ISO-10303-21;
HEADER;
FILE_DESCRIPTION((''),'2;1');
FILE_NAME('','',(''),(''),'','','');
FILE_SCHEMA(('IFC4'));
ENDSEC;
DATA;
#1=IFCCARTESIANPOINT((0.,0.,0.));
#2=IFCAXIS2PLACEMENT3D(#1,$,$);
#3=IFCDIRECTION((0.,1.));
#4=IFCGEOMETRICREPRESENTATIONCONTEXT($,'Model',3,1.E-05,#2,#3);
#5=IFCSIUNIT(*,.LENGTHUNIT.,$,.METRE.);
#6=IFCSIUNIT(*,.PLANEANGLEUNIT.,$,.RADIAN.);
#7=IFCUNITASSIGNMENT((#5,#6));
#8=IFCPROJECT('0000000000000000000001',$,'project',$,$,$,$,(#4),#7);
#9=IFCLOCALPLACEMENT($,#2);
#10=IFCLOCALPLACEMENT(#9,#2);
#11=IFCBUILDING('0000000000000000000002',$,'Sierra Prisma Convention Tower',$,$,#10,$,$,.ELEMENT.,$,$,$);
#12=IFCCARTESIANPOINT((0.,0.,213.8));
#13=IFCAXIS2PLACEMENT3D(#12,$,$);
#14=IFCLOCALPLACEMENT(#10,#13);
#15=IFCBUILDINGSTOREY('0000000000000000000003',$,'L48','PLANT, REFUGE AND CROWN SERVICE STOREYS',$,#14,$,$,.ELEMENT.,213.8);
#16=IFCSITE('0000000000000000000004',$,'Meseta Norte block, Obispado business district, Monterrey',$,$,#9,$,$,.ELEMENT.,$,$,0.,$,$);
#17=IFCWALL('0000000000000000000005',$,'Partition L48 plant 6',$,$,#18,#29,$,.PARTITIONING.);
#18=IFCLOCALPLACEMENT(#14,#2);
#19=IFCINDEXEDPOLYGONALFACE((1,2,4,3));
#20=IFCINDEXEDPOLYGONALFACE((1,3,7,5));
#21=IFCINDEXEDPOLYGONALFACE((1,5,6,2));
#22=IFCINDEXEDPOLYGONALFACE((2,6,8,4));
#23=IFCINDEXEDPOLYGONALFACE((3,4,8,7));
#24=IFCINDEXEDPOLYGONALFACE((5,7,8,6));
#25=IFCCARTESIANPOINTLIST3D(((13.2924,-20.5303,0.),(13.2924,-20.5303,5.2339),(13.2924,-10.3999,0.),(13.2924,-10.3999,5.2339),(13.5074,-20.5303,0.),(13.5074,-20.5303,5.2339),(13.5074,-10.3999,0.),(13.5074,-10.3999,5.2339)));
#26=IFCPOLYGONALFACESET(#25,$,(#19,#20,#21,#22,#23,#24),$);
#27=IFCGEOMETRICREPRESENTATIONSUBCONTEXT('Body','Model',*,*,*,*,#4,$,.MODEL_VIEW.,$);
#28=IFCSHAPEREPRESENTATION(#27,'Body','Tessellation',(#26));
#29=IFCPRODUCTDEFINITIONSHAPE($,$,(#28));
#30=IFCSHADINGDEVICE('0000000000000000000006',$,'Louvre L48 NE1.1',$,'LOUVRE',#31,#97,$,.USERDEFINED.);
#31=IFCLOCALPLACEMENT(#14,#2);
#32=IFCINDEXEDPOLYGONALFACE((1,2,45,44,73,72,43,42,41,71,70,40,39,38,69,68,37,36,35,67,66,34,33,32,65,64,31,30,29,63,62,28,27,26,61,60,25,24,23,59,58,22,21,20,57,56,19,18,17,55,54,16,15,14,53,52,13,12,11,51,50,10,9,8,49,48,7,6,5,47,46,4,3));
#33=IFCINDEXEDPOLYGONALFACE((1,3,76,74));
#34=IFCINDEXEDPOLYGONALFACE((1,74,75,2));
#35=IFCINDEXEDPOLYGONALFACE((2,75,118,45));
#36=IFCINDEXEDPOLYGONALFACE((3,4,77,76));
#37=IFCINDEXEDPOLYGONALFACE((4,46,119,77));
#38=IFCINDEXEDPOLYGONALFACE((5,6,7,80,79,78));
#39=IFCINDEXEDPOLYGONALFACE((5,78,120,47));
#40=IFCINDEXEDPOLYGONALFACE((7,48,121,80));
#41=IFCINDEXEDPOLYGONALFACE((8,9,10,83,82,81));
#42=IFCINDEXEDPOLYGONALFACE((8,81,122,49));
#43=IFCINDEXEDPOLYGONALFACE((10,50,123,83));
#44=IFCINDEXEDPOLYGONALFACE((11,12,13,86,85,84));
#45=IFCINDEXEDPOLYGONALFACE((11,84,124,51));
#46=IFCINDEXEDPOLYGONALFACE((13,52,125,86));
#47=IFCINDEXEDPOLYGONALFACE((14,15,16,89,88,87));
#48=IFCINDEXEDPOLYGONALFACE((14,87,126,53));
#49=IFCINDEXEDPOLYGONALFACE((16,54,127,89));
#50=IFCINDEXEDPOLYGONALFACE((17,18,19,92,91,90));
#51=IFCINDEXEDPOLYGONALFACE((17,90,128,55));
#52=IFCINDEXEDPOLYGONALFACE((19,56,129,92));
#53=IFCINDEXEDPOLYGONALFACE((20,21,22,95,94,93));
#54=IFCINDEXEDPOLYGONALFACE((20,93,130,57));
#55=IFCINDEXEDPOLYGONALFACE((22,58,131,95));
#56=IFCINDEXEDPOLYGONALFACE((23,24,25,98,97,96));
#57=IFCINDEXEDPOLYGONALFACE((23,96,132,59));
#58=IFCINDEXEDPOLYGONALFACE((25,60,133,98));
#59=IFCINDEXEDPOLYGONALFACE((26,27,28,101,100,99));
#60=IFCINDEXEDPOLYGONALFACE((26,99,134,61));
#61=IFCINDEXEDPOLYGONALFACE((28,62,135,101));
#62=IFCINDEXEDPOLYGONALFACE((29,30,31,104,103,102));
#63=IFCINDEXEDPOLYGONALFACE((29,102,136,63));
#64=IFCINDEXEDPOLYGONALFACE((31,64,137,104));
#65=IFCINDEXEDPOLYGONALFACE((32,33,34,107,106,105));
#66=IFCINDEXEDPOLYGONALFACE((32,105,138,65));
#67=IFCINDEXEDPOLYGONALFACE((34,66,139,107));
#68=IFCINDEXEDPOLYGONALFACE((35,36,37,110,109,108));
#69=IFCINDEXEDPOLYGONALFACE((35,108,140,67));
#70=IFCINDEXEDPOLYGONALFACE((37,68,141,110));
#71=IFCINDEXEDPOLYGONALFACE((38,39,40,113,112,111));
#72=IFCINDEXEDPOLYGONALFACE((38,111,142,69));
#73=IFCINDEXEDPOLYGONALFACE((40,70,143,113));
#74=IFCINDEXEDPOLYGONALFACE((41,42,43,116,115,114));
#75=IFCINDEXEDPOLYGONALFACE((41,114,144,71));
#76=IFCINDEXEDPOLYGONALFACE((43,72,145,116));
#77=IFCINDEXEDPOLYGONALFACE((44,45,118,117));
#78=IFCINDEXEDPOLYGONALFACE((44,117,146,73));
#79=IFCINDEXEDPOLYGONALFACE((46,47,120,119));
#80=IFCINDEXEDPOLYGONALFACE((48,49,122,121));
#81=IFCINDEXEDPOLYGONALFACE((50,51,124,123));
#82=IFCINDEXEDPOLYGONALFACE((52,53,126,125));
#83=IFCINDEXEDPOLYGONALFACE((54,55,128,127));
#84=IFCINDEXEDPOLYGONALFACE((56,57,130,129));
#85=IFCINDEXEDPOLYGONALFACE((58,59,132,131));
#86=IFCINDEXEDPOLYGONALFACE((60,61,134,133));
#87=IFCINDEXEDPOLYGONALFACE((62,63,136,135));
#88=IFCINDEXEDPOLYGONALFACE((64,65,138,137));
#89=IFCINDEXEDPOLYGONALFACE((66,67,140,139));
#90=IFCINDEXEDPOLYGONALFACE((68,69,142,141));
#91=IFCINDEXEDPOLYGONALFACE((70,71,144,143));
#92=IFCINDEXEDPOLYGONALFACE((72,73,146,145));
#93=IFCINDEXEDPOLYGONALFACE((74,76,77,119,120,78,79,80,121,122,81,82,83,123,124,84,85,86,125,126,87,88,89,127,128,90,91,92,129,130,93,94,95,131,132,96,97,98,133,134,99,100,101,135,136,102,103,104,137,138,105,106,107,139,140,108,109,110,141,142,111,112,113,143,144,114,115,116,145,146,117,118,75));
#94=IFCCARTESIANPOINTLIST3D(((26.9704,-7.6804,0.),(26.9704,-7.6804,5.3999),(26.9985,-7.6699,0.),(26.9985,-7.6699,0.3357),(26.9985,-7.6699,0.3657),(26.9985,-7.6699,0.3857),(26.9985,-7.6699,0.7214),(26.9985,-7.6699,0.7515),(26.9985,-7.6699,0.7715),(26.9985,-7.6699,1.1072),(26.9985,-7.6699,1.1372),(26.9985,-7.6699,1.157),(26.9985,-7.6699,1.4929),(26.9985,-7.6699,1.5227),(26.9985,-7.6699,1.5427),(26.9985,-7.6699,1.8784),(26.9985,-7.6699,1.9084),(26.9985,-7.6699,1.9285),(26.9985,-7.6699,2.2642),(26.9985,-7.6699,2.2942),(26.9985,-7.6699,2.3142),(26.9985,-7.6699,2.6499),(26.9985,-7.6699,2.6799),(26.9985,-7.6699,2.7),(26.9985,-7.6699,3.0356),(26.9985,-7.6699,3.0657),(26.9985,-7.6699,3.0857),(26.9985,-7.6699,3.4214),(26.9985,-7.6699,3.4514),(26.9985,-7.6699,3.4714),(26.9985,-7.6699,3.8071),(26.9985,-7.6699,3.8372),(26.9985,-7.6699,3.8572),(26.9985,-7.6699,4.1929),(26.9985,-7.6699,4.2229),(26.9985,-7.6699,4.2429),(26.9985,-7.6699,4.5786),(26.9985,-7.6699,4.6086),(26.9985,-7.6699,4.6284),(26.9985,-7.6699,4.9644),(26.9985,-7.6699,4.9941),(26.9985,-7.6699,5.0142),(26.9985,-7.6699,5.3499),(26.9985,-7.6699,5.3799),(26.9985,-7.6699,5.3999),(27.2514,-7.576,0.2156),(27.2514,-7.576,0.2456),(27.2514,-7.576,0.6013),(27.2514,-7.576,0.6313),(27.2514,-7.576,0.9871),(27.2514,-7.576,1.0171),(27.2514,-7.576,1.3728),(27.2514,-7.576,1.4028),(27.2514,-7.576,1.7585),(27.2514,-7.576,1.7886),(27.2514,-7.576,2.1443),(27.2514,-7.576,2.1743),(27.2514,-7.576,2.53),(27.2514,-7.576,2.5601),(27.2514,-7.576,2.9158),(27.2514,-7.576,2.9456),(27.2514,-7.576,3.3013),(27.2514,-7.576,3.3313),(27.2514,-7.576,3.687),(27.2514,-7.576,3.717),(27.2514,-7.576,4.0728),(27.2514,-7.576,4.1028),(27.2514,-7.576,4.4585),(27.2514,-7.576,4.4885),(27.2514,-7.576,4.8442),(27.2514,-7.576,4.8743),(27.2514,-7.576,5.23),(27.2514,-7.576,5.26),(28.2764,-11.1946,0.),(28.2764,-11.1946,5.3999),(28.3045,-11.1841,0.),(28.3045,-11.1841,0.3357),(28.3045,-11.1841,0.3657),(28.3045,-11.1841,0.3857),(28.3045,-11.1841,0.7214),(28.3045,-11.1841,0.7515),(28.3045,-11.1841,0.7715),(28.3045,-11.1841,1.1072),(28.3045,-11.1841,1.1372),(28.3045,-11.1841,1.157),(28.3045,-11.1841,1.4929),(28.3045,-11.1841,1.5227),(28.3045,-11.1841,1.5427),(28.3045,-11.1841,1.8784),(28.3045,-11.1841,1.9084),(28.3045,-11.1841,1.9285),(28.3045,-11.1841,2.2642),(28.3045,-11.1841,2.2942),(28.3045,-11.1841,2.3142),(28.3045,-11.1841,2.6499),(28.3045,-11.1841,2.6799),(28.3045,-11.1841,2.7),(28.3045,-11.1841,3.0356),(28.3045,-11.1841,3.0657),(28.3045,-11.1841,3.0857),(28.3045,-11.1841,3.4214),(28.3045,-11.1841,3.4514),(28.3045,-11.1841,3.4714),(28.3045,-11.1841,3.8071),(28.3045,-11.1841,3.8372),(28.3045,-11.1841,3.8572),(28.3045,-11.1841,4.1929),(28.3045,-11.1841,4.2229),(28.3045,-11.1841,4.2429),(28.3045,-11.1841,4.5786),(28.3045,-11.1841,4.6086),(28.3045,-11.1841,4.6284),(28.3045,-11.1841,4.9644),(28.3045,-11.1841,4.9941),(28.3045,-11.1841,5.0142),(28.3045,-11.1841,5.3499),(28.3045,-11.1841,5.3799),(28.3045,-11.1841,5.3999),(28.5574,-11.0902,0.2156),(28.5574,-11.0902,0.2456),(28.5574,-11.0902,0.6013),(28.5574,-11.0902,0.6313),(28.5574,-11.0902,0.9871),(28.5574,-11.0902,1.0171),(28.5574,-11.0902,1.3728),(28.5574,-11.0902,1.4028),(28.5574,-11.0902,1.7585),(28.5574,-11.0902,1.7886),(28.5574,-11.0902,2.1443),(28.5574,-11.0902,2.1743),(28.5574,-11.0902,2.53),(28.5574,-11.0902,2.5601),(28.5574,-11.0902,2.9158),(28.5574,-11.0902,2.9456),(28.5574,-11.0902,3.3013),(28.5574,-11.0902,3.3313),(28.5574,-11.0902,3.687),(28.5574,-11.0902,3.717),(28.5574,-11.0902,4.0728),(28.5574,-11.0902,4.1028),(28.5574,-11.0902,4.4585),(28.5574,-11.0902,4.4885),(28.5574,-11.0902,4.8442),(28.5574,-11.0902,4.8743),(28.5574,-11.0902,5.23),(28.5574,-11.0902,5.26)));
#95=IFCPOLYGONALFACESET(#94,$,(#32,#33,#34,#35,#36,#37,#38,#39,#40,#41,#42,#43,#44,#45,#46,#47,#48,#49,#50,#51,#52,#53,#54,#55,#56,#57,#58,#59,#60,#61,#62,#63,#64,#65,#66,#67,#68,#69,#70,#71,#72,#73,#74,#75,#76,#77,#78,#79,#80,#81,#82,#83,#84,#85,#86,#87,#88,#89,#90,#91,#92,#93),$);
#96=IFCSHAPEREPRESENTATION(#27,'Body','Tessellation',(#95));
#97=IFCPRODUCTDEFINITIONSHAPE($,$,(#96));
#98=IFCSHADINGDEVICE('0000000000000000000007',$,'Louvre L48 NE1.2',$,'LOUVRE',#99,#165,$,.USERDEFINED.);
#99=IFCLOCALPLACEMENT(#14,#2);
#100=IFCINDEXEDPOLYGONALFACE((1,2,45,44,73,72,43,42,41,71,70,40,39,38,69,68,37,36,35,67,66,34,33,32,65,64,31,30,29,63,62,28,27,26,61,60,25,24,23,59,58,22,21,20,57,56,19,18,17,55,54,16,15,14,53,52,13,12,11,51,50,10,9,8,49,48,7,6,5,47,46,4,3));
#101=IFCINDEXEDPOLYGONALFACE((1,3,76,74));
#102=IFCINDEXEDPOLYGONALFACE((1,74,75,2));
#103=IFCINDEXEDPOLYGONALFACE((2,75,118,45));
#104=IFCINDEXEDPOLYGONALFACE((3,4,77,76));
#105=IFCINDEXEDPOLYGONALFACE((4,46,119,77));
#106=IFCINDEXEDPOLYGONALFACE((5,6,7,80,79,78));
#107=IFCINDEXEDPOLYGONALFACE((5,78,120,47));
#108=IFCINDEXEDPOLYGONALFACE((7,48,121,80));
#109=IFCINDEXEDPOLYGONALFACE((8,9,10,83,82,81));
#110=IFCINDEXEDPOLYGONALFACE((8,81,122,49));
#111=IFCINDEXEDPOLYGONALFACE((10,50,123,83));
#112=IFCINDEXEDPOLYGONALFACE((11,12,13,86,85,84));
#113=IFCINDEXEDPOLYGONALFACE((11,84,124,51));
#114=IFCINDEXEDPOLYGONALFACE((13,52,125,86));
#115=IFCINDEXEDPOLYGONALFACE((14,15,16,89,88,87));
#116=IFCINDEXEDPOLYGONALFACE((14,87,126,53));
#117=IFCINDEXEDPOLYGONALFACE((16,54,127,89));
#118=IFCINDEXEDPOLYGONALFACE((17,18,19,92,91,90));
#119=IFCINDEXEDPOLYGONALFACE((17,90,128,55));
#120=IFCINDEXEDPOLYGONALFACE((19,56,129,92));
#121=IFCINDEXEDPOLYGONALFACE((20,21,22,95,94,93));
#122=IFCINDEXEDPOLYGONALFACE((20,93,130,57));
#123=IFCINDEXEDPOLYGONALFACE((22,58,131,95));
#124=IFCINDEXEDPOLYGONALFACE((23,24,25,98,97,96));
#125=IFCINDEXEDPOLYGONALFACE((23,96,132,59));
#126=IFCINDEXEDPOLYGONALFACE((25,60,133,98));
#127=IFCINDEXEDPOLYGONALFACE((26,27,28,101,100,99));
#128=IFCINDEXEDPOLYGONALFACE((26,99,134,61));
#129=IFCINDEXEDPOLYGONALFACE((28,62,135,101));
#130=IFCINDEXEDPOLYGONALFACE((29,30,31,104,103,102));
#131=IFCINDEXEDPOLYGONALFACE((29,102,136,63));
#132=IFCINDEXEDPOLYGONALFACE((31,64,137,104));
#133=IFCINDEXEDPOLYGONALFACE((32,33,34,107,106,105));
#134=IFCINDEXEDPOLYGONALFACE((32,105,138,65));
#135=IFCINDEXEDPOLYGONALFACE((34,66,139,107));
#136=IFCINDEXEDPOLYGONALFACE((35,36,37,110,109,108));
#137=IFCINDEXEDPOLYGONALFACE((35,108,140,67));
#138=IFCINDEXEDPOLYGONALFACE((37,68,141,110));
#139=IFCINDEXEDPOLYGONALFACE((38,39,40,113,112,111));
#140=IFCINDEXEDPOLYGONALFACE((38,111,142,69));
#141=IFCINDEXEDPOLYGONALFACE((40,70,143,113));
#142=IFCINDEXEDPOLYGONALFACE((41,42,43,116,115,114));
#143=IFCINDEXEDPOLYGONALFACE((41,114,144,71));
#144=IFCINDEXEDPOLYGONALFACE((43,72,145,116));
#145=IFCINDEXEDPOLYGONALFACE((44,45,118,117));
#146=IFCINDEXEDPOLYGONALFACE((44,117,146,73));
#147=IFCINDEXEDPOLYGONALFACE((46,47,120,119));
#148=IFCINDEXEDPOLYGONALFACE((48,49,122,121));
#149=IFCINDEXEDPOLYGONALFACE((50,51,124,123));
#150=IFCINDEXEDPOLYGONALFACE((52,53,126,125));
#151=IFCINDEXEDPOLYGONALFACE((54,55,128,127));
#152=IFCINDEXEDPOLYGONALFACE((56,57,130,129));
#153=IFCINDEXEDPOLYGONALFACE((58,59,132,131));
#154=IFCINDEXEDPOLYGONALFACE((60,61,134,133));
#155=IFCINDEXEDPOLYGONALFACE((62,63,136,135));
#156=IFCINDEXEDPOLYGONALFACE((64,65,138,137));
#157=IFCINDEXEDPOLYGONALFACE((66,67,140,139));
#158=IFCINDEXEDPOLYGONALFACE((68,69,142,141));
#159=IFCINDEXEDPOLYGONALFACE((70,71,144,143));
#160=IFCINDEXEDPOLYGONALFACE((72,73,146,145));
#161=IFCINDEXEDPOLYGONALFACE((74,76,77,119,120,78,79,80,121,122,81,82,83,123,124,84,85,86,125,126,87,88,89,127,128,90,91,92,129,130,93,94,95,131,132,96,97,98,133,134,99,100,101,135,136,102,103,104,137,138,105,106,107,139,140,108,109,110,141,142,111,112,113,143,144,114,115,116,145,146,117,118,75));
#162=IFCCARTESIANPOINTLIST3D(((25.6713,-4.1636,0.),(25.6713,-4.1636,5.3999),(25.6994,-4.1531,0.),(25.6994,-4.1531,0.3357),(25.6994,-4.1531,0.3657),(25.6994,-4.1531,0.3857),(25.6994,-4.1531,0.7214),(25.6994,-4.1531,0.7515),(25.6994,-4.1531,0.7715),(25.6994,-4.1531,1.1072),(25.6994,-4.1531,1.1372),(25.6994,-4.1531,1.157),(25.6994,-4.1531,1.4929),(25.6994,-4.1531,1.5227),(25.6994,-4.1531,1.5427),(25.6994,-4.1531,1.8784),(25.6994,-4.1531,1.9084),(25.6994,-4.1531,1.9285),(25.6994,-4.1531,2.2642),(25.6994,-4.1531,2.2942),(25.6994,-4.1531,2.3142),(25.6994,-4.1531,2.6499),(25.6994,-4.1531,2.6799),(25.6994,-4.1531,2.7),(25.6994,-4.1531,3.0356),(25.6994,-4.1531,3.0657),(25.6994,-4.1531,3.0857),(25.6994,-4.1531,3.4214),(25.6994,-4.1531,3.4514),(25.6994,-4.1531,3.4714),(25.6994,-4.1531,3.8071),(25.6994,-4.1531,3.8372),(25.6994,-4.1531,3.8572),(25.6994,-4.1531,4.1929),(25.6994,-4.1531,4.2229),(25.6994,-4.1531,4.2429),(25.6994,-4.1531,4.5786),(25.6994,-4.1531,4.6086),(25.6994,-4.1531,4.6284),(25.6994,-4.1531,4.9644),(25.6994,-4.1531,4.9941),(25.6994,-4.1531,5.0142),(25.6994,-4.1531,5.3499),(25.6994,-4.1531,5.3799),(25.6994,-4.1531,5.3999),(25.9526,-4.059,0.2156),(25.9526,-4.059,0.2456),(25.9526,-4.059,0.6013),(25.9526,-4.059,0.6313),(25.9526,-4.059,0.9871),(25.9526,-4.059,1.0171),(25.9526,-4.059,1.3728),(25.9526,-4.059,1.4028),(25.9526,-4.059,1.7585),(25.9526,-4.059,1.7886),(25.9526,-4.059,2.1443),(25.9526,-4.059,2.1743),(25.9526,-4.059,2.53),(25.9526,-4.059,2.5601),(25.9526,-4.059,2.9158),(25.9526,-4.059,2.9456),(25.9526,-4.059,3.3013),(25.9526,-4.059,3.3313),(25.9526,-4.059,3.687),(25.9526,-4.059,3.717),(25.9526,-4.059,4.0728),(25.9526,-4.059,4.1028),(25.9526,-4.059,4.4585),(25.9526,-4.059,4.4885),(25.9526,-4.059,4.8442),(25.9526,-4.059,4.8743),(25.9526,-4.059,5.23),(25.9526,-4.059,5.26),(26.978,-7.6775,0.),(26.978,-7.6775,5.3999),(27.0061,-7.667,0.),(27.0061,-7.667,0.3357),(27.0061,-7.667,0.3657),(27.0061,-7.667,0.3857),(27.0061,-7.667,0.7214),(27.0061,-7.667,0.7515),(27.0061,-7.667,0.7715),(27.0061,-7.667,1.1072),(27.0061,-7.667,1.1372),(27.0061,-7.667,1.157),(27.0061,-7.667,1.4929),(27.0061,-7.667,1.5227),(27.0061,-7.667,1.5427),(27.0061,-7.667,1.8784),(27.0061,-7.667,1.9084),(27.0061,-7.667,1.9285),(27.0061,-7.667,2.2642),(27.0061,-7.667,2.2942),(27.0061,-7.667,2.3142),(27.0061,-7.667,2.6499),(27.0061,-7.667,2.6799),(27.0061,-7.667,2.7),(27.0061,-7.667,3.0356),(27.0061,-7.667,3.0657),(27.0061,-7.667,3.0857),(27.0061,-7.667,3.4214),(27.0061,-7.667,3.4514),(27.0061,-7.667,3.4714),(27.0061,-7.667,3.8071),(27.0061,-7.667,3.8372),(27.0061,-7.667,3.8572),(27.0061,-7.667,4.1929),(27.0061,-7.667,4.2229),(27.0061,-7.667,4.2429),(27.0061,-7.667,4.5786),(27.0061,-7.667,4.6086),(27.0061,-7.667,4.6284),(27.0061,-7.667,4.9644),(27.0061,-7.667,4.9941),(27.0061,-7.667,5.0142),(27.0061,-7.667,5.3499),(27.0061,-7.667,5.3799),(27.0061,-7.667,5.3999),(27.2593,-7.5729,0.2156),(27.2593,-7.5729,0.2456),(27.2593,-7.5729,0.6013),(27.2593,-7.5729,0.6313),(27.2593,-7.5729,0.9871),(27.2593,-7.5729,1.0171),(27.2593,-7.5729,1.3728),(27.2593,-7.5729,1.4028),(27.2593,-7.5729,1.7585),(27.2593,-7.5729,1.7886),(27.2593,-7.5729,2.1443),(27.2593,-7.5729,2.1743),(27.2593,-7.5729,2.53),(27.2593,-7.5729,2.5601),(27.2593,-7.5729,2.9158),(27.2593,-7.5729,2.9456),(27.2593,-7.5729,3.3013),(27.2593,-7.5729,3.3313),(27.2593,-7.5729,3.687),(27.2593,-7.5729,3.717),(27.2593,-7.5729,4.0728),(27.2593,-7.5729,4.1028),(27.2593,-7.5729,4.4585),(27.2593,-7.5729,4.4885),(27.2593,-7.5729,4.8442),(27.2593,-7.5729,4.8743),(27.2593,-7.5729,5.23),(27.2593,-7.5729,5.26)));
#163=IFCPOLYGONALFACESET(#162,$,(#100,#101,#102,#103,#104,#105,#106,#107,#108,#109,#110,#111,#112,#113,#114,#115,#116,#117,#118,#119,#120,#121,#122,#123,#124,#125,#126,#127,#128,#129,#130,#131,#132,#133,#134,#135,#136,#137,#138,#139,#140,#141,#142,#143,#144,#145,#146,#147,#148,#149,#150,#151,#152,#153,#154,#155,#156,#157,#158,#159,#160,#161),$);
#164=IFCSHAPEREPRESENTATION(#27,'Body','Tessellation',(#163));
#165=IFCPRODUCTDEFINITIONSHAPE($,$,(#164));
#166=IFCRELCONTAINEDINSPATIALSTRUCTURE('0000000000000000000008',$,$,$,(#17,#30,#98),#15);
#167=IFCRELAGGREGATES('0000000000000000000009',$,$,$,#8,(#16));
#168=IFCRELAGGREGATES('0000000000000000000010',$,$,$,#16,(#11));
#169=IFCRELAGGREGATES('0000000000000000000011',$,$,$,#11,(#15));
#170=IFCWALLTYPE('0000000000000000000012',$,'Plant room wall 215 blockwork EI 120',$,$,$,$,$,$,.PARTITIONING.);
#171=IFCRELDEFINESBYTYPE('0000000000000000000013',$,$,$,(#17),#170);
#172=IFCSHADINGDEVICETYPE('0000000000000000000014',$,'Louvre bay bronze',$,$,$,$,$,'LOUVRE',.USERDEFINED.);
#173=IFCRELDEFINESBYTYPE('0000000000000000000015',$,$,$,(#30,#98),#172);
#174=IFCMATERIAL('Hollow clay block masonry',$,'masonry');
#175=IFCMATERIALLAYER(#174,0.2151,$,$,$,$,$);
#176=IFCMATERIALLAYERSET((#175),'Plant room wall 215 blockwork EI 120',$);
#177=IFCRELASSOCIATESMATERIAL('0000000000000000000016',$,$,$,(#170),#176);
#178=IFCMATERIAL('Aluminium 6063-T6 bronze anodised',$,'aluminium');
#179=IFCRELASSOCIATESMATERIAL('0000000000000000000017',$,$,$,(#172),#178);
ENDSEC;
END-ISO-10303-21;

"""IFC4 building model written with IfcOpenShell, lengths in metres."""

from ifc_helpers import new_model, si_unit, direction, frame, frame_2d, origin, place, context, subcontext, project, spatial, polyline, rectangle, outline, extrude, material, layer, layer_set, type_object, element, save


model = new_model("IFC4")

# Units and contexts
model_context = context("Model", 3, precision=1e-05, world=origin(), true_north=direction((0.0, 1.0)))
body_context = subcontext(model_context, "Body", "Model", "MODEL_VIEW")
ifc_project = project(units=[si_unit("LENGTHUNIT", "METRE"), si_unit("PLANEANGLEUNIT", "RADIAN")], contexts=[model_context])

# Site, building, storey
site_placement = place(None, origin())
site = spatial("IfcSite", under=ifc_project, at=site_placement, Name="Meseta Norte block, Obispado business district, Monterrey", CompositionType="ELEMENT", RefElevation=0.0)
building_placement = place(site_placement, origin())
building = spatial("IfcBuilding", under=site, at=building_placement, Name="Sierra Prisma Convention Tower", CompositionType="ELEMENT")
storey_placement = place(building_placement, frame((0.0, 0.0, 213.8)))
storey = spatial("IfcBuildingStorey", under=building, at=storey_placement, Name="L48", Description="PLANT, REFUGE AND CROWN SERVICE STOREYS", CompositionType="ELEMENT", Elevation=213.8)

# Wall
ifc_material_1 = material(Name="Hollow clay block masonry", Category="masonry")
ifc_layer_1 = layer(ifc_material_1, 0.2151)
ifc_layer_set_1 = layer_set([ifc_layer_1], Name="Plant room wall 215 blockwork EI 120")
wall_type_1 = type_object("IfcWallType", Name="Plant room wall 215 blockwork EI 120", PredefinedType="PARTITIONING", material=ifc_layer_set_1)
wall_1_placement = place(storey_placement, frame((13.3999, -10.3999, 0.0), z_axis=(0.0, 0.0, 1.0), x_axis=(0.0, -1.0, 0.0)))
element("IfcWall", 1, at=wall_1_placement, inside=storey, type_object=wall_type_1, Name="Partition L48 plant 6", PredefinedType="PARTITIONING", context=body_context, shape_type="SweptSolid", body=[
    extrude(rectangle(XDim=10.1304, YDim=0.2151, at=frame_2d((5.0652, 0.0))), origin(), (0.0, 0.0, 1.0), 5.2339),
])

# Shading devices
ifc_material_2 = material(Name="Aluminium 6063-T6 bronze anodised", Category="aluminium")
shading_device_type = type_object("IfcShadingDeviceType", Name="Louvre bay bronze", ElementType="LOUVRE", PredefinedType="USERDEFINED", material=ifc_material_2)
shading_device_1_placement = place(storey_placement, frame((28.2764, -11.1946, 0.0), z_axis=(0.348351, -0.937364, 0.0), x_axis=(0.0, 0.0, 1.0)))
element("IfcShadingDevice", 2, at=shading_device_1_placement, inside=storey, type_object=shading_device_type, Name="Louvre L48 NE1.1", ObjectType="LOUVRE", PredefinedType="USERDEFINED", context=body_context, shape_type="SweptSolid", body=[
    extrude(outline(polyline([(0.0, 0.0), (5.3999, 0.0), (5.3999, -0.03), (5.3799, -0.03), (5.26, -0.2998), (5.23, -0.2998), (5.3499, -0.03), (5.0142, -0.03), (4.9941, -0.03), (4.8743, -0.2998), (4.8442, -0.2998), (4.9644, -0.03), (4.6284, -0.03), (4.6086, -0.03), (4.4885, -0.2998), (4.4585, -0.2998), (4.5786, -0.03), (4.2429, -0.03), (4.2229, -0.03), (4.1028, -0.2998), (4.0728, -0.2998), (4.1929, -0.03), (3.8572, -0.03), (3.8372, -0.03), (3.717, -0.2998), (3.687, -0.2998), (3.8071, -0.03), (3.4714, -0.03), (3.4514, -0.03), (3.3313, -0.2998), (3.3013, -0.2998), (3.4214, -0.03), (3.0857, -0.03), (3.0657, -0.03), (2.9456, -0.2998), (2.9158, -0.2998), (3.0356, -0.03), (2.7, -0.03), (2.6799, -0.03), (2.5601, -0.2998), (2.53, -0.2998), (2.6499, -0.03), (2.3142, -0.03), (2.2942, -0.03), (2.1743, -0.2998), (2.1443, -0.2998), (2.2642, -0.03), (1.9285, -0.03), (1.9084, -0.03), (1.7886, -0.2998), (1.7585, -0.2998), (1.8784, -0.03), (1.5427, -0.03), (1.5227, -0.03), (1.4028, -0.2998), (1.3728, -0.2998), (1.4929, -0.03), (1.157, -0.03), (1.1372, -0.03), (1.0171, -0.2998), (0.9871, -0.2998), (1.1072, -0.03), (0.7715, -0.03), (0.7515, -0.03), (0.6313, -0.2998), (0.6013, -0.2998), (0.7214, -0.03), (0.3857, -0.03), (0.3657, -0.03), (0.2456, -0.2998), (0.2156, -0.2998), (0.3357, -0.03), (0.0, -0.03), (0.0, 0.0)])), origin(), (0.0, 0.0, -1.0), 3.749),
])
shading_device_2_placement = place(storey_placement, frame((26.978, -7.6775, 0.0), z_axis=(0.348556, -0.937288, 0.0), x_axis=(0.0, 0.0, 1.0)))
element("IfcShadingDevice", 3, at=shading_device_2_placement, inside=storey, type_object=shading_device_type, Name="Louvre L48 NE1.2", ObjectType="LOUVRE", PredefinedType="USERDEFINED", context=body_context, shape_type="SweptSolid", body=[
    extrude(outline(polyline([(0.0, 0.0), (5.3999, 0.0), (5.3999, -0.03), (5.3799, -0.03), (5.26, -0.3001), (5.23, -0.3001), (5.3499, -0.03), (5.0142, -0.03), (4.9941, -0.03), (4.8743, -0.3001), (4.8442, -0.3001), (4.9644, -0.03), (4.6284, -0.03), (4.6086, -0.03), (4.4885, -0.3001), (4.4585, -0.3001), (4.5786, -0.03), (4.2429, -0.03), (4.2229, -0.03), (4.1028, -0.3001), (4.0728, -0.3001), (4.1929, -0.03), (3.8572, -0.03), (3.8372, -0.03), (3.717, -0.3001), (3.687, -0.3001), (3.8071, -0.03), (3.4714, -0.03), (3.4514, -0.03), (3.3313, -0.3001), (3.3013, -0.3001), (3.4214, -0.03), (3.0857, -0.03), (3.0657, -0.03), (2.9456, -0.3001), (2.9158, -0.3001), (3.0356, -0.03), (2.7, -0.03), (2.6799, -0.03), (2.5601, -0.3001), (2.53, -0.3001), (2.6499, -0.03), (2.3142, -0.03), (2.2942, -0.03), (2.1743, -0.3001), (2.1443, -0.3001), (2.2642, -0.03), (1.9285, -0.03), (1.9084, -0.03), (1.7886, -0.3001), (1.7585, -0.3001), (1.8784, -0.03), (1.5427, -0.03), (1.5227, -0.03), (1.4028, -0.3001), (1.3728, -0.3001), (1.4929, -0.03), (1.157, -0.03), (1.1372, -0.03), (1.0171, -0.3001), (0.9871, -0.3001), (1.1072, -0.03), (0.7715, -0.03), (0.7515, -0.03), (0.6313, -0.3001), (0.6013, -0.3001), (0.7214, -0.03), (0.3857, -0.03), (0.3657, -0.03), (0.2456, -0.3001), (0.2156, -0.3001), (0.3357, -0.03), (0.0, -0.03), (0.0, 0.0)])), origin(), (0.0, 0.0, -1.0), 3.749),
])

save(model, "model.ifc")
